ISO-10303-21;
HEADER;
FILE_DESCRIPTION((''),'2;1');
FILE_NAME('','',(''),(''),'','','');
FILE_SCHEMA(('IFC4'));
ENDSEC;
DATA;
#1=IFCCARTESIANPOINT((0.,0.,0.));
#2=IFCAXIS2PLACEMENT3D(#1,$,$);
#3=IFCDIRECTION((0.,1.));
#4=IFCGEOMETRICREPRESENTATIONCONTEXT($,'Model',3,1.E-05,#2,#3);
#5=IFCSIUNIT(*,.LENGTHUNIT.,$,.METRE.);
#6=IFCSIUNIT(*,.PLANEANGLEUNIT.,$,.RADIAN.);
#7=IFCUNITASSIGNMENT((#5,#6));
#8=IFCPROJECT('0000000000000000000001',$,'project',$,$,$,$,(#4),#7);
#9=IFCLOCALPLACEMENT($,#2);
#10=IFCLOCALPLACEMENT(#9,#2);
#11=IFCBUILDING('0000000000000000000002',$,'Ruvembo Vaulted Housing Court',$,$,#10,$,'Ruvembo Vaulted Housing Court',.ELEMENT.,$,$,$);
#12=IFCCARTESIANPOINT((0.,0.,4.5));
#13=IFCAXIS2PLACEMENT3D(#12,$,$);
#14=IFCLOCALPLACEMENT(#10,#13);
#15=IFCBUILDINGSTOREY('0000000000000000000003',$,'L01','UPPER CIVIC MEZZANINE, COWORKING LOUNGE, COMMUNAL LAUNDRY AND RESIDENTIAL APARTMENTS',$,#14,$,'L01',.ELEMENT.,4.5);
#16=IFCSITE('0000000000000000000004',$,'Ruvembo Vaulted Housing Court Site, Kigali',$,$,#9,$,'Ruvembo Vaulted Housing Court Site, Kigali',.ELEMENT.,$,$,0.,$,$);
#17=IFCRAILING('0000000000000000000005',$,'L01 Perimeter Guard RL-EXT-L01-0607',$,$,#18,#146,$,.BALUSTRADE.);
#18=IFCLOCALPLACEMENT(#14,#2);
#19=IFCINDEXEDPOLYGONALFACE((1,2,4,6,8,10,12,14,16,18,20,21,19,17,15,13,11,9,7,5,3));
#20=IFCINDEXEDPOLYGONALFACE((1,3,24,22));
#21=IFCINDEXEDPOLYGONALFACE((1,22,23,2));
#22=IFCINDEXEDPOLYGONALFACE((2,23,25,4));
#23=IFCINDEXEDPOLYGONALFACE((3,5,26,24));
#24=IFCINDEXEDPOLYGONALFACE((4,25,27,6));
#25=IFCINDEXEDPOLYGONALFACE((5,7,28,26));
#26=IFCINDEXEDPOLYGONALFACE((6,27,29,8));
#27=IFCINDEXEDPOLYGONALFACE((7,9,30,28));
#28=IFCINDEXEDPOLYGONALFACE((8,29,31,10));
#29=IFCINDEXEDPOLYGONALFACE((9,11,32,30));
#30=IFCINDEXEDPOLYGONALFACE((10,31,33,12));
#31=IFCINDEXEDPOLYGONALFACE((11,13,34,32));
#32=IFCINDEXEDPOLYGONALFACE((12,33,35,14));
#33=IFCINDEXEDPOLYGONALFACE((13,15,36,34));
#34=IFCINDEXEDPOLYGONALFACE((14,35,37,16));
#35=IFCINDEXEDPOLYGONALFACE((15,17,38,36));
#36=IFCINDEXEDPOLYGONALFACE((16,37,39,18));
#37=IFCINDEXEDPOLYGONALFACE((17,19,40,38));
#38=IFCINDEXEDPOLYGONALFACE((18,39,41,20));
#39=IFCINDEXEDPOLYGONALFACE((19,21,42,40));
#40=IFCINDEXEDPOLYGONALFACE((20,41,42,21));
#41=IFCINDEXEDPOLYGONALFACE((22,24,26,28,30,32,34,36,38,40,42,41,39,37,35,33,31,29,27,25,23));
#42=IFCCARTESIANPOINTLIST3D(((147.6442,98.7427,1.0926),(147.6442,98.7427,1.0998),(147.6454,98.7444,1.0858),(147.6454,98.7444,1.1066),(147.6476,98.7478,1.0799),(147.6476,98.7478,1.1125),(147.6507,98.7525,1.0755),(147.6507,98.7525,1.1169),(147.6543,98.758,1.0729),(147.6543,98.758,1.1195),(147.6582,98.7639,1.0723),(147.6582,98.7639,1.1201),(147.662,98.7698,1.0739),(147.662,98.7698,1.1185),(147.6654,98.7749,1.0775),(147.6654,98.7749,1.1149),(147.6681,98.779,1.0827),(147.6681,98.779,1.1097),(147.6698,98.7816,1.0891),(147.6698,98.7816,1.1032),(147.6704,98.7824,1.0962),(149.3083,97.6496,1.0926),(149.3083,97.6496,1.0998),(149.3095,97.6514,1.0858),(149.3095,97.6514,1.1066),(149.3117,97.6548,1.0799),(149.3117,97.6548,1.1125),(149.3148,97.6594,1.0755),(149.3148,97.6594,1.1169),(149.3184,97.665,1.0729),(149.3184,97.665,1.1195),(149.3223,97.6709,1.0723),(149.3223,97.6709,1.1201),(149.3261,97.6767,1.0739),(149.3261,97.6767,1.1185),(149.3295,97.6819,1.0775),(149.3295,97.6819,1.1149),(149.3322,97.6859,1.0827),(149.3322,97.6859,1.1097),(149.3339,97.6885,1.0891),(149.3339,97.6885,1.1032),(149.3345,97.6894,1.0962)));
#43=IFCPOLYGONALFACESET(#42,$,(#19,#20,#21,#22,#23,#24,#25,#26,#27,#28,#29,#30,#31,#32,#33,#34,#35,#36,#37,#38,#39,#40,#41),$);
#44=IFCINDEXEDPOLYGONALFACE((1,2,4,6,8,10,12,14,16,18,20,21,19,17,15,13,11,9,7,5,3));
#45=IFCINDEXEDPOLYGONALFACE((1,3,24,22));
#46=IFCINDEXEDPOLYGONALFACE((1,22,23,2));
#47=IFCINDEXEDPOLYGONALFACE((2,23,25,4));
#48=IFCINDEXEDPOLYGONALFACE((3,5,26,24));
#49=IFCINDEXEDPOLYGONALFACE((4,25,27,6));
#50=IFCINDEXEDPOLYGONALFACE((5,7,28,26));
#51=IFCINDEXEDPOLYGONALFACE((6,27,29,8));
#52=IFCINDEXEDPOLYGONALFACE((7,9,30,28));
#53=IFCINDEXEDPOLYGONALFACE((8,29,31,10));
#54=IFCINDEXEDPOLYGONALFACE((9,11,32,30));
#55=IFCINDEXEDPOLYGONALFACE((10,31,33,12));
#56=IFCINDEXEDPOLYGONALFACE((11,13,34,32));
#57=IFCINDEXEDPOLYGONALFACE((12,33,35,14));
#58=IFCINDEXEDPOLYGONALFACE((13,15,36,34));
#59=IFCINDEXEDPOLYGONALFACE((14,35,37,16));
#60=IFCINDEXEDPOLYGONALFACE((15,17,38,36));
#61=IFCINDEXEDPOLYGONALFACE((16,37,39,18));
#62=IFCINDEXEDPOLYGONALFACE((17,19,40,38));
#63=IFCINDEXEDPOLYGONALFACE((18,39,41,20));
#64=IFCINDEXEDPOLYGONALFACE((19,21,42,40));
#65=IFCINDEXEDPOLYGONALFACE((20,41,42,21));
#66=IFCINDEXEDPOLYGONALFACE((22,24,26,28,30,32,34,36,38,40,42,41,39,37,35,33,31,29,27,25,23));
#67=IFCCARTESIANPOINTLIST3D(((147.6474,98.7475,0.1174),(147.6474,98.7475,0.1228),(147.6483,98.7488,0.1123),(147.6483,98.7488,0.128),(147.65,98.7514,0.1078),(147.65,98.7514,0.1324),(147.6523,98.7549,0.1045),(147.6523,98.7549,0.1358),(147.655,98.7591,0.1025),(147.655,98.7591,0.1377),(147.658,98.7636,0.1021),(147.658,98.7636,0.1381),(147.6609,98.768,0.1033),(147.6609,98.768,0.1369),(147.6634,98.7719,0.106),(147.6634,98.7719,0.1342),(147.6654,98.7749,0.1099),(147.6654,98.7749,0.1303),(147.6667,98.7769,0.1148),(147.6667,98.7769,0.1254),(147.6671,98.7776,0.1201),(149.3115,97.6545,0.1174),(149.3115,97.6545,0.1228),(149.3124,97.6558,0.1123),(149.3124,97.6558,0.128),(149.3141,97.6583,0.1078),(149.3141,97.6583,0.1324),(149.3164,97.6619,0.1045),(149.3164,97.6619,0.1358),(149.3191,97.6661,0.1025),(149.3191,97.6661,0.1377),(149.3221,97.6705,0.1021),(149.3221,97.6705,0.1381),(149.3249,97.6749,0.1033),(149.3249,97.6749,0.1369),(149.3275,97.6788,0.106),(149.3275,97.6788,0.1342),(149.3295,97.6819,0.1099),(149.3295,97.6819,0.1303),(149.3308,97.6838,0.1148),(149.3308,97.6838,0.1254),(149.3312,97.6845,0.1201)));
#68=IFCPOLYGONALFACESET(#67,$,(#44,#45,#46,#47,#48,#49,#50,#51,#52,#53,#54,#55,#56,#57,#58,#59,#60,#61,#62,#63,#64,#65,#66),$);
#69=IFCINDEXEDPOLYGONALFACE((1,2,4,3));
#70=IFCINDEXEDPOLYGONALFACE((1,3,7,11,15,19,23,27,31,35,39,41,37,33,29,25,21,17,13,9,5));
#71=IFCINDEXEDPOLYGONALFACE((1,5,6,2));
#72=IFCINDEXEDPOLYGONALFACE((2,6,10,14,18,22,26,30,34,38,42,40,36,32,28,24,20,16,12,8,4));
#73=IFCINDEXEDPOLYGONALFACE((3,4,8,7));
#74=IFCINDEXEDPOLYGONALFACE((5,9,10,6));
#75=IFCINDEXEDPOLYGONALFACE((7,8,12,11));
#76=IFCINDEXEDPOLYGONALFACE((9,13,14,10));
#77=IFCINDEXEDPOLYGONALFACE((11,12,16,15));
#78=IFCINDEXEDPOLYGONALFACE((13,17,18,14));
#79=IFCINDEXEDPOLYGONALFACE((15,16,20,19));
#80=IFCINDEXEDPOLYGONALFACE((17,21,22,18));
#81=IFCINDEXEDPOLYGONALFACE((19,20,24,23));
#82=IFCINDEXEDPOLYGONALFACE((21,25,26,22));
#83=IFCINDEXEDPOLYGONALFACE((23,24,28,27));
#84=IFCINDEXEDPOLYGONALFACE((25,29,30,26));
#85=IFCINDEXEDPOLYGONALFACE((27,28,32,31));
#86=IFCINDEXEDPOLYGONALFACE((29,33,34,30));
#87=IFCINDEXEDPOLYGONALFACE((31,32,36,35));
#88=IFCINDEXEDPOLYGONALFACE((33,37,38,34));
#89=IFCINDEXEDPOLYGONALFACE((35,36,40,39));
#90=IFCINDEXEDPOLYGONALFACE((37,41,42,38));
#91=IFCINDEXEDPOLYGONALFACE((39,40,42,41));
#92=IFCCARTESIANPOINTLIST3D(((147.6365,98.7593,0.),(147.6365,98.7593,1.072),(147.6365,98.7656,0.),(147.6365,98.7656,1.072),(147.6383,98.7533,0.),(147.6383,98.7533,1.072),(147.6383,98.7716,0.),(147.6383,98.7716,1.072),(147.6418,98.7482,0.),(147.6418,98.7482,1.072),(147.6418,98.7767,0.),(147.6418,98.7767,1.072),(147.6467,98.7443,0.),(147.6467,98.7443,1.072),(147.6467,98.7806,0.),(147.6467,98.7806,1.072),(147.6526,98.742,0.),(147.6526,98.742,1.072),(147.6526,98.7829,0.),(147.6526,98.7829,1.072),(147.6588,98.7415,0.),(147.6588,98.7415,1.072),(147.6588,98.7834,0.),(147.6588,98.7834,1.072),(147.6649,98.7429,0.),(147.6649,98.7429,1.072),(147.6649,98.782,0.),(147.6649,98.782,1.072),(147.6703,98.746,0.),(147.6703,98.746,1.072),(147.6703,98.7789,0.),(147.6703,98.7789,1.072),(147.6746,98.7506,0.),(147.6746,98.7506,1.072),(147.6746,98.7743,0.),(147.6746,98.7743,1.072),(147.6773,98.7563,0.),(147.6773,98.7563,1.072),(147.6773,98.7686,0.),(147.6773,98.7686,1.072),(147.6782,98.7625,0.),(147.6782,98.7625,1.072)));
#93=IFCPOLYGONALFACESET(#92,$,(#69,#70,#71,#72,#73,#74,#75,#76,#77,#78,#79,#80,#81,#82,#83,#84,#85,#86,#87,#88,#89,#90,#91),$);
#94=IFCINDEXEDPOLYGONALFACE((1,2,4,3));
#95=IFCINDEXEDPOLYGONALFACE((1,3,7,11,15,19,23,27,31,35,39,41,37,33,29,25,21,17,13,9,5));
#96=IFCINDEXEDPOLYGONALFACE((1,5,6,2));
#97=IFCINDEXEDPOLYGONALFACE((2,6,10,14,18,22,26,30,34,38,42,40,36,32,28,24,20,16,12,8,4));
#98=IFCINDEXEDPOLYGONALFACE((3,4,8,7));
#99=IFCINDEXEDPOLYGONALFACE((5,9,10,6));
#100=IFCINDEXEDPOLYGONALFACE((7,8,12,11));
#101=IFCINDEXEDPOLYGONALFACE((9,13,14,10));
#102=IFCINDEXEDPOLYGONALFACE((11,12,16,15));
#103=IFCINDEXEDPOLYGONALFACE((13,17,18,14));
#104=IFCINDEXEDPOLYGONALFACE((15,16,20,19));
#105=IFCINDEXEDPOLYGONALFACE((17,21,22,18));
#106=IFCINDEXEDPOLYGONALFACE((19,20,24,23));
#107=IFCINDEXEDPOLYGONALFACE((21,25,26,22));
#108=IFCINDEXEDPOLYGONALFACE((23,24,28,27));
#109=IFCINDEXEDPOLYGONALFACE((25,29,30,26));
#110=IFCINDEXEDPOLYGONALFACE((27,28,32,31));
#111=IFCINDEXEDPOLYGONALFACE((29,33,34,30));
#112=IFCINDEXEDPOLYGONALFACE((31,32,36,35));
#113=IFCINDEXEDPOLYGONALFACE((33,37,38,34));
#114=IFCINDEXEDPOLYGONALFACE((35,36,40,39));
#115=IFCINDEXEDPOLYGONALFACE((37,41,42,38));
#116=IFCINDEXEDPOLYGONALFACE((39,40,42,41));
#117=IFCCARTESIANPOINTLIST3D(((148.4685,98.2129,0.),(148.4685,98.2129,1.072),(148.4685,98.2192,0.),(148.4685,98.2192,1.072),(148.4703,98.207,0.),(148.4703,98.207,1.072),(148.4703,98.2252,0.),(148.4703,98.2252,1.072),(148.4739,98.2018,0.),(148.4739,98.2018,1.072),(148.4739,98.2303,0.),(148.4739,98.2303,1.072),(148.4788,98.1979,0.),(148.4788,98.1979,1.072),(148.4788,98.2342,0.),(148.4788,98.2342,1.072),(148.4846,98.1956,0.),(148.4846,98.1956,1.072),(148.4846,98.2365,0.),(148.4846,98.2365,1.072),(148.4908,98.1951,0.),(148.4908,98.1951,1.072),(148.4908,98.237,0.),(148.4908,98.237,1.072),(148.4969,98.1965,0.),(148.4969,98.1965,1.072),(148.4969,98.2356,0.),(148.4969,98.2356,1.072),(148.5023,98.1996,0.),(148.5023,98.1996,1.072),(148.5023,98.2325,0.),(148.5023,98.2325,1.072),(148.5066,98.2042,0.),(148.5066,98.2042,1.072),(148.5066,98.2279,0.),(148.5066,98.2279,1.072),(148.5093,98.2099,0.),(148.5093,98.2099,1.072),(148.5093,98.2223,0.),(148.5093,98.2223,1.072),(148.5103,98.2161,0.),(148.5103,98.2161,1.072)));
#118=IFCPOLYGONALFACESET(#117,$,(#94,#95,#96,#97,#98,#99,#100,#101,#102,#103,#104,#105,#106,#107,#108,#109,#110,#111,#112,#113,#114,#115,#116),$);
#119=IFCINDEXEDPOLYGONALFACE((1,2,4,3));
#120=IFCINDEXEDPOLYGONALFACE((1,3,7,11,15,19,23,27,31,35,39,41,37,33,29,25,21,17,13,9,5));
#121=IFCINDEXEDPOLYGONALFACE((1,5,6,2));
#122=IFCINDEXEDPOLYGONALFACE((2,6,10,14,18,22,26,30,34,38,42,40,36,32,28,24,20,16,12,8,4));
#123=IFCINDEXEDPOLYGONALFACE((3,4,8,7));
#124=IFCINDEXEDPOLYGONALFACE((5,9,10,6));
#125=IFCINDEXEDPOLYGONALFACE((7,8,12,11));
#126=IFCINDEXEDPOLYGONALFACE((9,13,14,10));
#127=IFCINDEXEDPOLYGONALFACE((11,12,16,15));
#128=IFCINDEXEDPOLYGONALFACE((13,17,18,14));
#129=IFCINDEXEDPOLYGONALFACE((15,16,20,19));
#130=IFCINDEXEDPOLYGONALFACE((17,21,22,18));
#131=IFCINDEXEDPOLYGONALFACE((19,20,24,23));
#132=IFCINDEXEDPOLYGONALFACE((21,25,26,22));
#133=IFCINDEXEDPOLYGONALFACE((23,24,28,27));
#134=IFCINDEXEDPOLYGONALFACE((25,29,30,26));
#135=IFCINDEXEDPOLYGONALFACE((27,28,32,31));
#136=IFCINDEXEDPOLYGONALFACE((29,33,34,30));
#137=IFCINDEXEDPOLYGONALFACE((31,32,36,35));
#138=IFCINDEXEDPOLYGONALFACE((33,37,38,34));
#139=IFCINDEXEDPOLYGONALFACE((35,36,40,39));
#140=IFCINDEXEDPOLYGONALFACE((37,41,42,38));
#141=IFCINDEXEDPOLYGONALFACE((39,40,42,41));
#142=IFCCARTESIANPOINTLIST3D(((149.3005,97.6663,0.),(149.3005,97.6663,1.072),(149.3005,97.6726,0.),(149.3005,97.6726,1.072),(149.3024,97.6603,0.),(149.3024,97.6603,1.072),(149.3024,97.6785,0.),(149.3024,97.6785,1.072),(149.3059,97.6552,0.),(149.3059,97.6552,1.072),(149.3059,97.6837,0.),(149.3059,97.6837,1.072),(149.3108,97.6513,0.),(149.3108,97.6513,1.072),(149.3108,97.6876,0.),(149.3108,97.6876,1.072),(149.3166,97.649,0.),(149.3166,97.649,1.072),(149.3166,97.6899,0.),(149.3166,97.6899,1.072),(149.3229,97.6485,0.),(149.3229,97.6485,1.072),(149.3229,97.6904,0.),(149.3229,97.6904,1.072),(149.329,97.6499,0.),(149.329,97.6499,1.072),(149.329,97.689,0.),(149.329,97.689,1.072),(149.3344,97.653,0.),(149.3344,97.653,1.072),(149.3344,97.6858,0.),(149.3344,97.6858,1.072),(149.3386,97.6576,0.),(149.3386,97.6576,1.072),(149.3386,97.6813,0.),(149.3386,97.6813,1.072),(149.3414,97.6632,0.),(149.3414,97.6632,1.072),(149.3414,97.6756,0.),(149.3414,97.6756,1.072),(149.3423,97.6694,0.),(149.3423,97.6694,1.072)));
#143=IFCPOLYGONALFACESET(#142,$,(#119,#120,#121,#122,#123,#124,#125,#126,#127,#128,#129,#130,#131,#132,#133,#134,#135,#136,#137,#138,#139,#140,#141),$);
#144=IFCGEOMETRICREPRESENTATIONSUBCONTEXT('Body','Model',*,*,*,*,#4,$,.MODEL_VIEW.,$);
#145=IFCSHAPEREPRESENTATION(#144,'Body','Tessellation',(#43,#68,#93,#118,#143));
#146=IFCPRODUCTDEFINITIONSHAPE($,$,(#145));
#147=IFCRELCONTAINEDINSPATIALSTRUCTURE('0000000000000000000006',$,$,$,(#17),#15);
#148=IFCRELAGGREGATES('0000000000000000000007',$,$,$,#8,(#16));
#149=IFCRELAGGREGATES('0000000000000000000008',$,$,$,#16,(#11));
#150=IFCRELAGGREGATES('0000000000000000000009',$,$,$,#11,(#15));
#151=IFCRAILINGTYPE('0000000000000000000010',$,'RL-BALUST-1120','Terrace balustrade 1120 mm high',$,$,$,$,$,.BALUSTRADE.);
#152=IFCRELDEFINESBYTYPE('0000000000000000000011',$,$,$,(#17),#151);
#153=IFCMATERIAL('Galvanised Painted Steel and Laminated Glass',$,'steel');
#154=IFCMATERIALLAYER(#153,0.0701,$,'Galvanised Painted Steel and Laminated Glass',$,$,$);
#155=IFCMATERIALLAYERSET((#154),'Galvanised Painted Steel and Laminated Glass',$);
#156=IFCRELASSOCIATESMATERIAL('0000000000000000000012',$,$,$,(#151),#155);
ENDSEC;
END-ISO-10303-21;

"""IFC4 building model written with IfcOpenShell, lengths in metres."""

from ifc_helpers import new_model, si_unit, direction, frame, origin, origin_2d, place, context, subcontext, project, spatial, circle, extrude, material, layer, layer_set, type_object, element, save


model = new_model("IFC4")

# Units and contexts
model_context = context("Model", 3, precision=1e-05, world=origin(), true_north=direction((0.0, 1.0)))
body_context = subcontext(model_context, "Body", "Model", "MODEL_VIEW")
ifc_project = project(units=[si_unit("LENGTHUNIT", "METRE"), si_unit("PLANEANGLEUNIT", "RADIAN")], contexts=[model_context])

# Site, building, storey
site_placement = place(None, origin())
site = spatial("IfcSite", under=ifc_project, at=site_placement, Name="Ruvembo Vaulted Housing Court Site, Kigali", LongName="Ruvembo Vaulted Housing Court Site, Kigali", CompositionType="ELEMENT", RefElevation=0.0)
building_placement = place(site_placement, origin())
building = spatial("IfcBuilding", under=site, at=building_placement, Name="Ruvembo Vaulted Housing Court", LongName="Ruvembo Vaulted Housing Court", CompositionType="ELEMENT")
storey_placement = place(building_placement, frame((0.0, 0.0, 4.5)))
storey = spatial("IfcBuildingStorey", under=building, at=storey_placement, Name="L01", Description="UPPER CIVIC MEZZANINE, COWORKING LOUNGE, COMMUNAL LAUNDRY AND RESIDENTIAL APARTMENTS", LongName="L01", CompositionType="ELEMENT", Elevation=4.5)

# Railing
ifc_material_1 = material(Name="Galvanised Painted Steel and Laminated Glass", Category="steel")
ifc_layer_1 = layer(ifc_material_1, 0.0701, Name="Galvanised Painted Steel and Laminated Glass")
ifc_layer_set_1 = layer_set([ifc_layer_1], Name="Galvanised Painted Steel and Laminated Glass")
railing_type = type_object("IfcRailingType", Name="RL-BALUST-1120", Description="Terrace balustrade 1120 mm high", PredefinedType="BALUSTRADE", material=ifc_layer_set_1)
railing_1_placement = place(storey_placement, frame((147.6572, 98.7625, 0.0)))
element("IfcRailing", 1, at=railing_1_placement, inside=storey, type_object=railing_type, Name="L01 Perimeter Guard RL-EXT-L01-0607", PredefinedType="BALUSTRADE", context=body_context, shape_type="SweptSolid", body=[
    extrude(circle(Radius=0.0239, at=origin_2d()), frame((0.0, 0.0, 1.0962), z_axis=(0.835823, -0.548999, 0.0), x_axis=(0.548999, 0.835823, 0.0)), (0.0, 0.0, 1.0), 1.991),
    extrude(circle(Radius=0.0181, at=origin_2d()), frame((0.0, 0.0, 0.1201), z_axis=(0.835823, -0.548999, 0.0), x_axis=(0.548999, 0.835823, 0.0)), (0.0, 0.0, 1.0), 1.991),
    extrude(circle(Radius=0.021, at=origin_2d()), origin(), (0.0, 0.0, 1.0), 1.072),
    extrude(circle(Radius=0.021, at=origin_2d()), frame((0.832, -0.5464, 0.0)), (0.0, 0.0, 1.0), 1.072),
    extrude(circle(Radius=0.021, at=origin_2d()), frame((1.6641, -1.093, 0.0)), (0.0, 0.0, 1.0), 1.072),
])

save(model, "model.ifc")
